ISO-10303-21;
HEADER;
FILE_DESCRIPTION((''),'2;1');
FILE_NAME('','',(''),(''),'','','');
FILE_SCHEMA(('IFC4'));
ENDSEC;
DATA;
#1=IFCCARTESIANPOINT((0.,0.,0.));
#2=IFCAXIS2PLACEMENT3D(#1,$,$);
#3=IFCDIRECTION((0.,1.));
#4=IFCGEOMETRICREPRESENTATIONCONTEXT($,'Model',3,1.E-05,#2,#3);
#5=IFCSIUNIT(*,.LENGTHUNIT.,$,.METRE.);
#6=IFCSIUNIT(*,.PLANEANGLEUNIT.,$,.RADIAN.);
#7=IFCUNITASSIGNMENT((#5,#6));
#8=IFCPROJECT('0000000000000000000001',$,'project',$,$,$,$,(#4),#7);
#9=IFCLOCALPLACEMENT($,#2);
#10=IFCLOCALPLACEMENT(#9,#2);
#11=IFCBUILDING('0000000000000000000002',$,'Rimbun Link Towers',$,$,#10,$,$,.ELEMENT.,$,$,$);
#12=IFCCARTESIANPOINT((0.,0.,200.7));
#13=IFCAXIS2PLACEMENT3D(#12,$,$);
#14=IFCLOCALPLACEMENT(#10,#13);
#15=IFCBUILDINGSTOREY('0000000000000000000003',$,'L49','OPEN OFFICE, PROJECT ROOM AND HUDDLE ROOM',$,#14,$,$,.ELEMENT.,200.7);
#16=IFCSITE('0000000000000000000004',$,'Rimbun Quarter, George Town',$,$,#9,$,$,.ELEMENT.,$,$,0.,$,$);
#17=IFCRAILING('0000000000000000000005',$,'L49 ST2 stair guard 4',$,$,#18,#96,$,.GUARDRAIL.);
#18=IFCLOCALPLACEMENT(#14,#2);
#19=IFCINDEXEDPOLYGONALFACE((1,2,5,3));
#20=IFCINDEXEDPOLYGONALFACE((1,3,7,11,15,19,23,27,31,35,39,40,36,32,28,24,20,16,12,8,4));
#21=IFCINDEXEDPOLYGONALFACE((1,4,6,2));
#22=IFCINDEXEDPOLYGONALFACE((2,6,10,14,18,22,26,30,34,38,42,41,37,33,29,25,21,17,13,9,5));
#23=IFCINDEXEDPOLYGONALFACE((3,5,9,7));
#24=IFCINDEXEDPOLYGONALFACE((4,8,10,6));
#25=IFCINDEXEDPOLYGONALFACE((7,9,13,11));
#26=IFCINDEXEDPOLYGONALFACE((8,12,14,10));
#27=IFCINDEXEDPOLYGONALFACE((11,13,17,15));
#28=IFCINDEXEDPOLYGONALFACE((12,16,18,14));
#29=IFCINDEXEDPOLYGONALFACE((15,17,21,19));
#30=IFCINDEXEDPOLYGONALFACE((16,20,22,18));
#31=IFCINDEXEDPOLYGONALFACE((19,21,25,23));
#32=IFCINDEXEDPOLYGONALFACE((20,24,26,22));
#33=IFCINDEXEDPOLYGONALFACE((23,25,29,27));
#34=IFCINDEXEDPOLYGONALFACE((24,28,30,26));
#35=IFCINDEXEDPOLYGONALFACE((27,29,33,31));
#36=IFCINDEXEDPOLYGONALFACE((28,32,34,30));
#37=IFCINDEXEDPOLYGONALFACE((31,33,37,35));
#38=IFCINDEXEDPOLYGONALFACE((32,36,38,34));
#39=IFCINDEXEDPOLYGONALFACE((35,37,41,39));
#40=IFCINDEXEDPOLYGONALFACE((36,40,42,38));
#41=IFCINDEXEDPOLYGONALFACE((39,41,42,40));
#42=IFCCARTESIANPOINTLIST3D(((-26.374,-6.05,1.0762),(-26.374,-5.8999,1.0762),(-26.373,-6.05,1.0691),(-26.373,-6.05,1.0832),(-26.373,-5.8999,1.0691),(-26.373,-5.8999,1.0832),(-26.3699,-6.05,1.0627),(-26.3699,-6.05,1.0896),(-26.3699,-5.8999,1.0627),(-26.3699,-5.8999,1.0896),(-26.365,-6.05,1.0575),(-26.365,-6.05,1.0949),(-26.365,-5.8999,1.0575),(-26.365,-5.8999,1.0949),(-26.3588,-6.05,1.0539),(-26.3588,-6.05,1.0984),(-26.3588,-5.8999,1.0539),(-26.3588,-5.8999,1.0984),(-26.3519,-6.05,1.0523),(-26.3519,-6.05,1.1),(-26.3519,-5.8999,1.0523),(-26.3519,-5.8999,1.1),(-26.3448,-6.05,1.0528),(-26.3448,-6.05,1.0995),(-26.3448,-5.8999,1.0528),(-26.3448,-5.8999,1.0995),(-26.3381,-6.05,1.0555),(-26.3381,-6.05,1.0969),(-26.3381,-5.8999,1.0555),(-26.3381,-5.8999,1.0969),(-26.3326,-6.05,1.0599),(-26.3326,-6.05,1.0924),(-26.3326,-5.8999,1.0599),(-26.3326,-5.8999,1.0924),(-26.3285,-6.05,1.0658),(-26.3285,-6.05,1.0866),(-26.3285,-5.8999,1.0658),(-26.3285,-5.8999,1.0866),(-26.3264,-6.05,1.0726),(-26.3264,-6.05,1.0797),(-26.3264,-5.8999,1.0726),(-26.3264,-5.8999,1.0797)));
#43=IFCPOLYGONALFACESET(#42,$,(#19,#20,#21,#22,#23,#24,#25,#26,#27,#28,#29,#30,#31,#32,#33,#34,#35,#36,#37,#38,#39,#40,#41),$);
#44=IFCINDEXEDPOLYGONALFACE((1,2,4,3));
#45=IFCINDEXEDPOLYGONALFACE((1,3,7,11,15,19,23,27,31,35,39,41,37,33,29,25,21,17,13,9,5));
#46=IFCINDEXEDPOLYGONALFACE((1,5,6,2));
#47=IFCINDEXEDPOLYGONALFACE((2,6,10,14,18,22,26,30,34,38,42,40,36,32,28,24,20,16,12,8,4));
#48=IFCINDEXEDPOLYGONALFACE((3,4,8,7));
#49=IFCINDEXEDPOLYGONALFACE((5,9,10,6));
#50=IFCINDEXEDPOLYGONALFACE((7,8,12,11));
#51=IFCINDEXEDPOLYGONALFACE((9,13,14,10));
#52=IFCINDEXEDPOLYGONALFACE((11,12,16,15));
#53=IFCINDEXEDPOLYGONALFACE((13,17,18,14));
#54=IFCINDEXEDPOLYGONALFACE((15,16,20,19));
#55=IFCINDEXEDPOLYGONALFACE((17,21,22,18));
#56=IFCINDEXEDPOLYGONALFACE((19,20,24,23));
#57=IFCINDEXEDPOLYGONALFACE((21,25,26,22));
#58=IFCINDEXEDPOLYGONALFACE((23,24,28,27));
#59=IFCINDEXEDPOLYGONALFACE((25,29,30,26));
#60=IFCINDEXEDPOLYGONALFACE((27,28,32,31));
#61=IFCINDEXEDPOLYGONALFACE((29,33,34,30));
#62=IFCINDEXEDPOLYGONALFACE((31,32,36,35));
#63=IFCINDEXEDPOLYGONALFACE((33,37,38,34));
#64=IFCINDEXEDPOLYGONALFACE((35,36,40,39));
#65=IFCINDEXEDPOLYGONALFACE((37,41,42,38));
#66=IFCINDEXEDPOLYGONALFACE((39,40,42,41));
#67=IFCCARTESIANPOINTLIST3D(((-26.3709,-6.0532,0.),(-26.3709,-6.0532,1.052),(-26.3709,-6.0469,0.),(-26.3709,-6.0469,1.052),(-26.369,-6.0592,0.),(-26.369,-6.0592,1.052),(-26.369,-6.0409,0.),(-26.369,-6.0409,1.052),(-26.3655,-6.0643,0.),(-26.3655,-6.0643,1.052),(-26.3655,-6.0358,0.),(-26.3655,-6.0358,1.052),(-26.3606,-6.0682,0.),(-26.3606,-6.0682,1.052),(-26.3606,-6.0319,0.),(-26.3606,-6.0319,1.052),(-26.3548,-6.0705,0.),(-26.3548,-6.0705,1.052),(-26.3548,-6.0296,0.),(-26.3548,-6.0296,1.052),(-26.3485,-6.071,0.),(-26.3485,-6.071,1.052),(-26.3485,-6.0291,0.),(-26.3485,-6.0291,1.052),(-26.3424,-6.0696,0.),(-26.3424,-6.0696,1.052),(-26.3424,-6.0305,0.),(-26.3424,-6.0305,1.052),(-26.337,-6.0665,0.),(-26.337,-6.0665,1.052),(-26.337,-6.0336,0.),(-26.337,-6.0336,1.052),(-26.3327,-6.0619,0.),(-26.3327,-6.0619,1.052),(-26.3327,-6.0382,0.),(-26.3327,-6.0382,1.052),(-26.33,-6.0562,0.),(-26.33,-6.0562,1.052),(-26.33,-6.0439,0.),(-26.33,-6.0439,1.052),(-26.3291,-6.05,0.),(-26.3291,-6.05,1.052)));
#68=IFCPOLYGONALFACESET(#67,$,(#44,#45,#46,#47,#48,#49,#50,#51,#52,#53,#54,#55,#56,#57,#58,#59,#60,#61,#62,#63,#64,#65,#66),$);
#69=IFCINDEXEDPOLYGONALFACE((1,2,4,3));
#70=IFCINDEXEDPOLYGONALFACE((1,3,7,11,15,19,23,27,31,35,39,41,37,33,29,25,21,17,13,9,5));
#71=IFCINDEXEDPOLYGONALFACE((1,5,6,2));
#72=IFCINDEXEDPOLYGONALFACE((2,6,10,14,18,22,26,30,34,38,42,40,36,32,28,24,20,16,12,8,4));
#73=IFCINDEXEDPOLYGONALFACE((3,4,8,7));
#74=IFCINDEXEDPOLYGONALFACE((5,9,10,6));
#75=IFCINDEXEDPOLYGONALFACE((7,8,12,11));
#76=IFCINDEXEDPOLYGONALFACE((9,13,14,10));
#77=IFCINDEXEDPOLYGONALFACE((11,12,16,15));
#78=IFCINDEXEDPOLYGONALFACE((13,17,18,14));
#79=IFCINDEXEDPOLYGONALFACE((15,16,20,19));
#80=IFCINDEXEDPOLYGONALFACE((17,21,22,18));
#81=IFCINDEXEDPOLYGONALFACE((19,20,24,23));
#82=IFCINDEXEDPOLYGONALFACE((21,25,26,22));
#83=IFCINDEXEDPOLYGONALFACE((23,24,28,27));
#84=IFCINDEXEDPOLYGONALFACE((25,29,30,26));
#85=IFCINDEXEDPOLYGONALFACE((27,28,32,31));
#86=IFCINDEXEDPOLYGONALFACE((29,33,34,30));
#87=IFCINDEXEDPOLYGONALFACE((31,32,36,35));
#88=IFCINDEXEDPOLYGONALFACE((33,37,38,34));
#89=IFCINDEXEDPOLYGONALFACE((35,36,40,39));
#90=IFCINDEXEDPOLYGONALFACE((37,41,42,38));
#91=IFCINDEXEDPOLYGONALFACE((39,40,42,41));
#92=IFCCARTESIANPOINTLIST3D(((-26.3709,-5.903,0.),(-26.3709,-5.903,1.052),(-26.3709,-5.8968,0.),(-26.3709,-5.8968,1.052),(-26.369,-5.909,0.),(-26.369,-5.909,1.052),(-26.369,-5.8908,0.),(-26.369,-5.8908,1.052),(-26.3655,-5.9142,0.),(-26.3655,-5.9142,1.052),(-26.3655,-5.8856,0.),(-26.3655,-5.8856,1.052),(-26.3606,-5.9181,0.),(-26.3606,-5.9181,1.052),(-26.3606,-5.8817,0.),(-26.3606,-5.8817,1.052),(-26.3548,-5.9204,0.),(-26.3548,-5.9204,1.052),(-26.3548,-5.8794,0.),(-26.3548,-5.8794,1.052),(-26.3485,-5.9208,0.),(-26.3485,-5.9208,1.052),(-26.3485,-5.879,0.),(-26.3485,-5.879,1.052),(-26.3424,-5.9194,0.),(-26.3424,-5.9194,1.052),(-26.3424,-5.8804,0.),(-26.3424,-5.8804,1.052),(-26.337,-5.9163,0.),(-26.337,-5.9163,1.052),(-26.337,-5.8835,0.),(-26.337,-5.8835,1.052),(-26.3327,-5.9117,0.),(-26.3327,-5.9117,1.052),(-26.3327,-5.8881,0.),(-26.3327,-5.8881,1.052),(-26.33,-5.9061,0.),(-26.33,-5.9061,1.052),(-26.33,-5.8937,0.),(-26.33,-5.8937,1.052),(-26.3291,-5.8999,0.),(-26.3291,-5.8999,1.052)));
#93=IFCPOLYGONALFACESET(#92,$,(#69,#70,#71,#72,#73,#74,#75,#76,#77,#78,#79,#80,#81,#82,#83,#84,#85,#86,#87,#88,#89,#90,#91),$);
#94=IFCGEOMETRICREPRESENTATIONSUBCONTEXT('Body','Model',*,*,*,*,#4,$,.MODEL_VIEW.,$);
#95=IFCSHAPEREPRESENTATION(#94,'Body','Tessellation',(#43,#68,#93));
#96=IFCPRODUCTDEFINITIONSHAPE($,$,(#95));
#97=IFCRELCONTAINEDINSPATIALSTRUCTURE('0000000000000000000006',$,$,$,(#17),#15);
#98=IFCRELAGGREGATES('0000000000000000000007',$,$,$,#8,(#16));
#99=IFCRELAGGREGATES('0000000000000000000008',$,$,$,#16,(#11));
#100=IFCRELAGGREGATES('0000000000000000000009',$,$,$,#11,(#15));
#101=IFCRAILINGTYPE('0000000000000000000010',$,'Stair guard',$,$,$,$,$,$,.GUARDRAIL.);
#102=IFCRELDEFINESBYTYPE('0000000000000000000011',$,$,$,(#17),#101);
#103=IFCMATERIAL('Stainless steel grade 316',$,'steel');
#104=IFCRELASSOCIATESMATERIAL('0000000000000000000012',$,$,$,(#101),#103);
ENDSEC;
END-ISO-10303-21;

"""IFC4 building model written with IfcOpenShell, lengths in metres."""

from ifc_helpers import new_model, si_unit, direction, frame, origin, origin_2d, place, context, subcontext, project, spatial, circle, extrude, material, type_object, element, save


model = new_model("IFC4")

# Units and contexts
model_context = context("Model", 3, precision=1e-05, world=origin(), true_north=direction((0.0, 1.0)))
body_context = subcontext(model_context, "Body", "Model", "MODEL_VIEW")
ifc_project = project(units=[si_unit("LENGTHUNIT", "METRE"), si_unit("PLANEANGLEUNIT", "RADIAN")], contexts=[model_context])

# Site, building, storey
site_placement = place(None, origin())
site = spatial("IfcSite", under=ifc_project, at=site_placement, Name="Rimbun Quarter, George Town", CompositionType="ELEMENT", RefElevation=0.0)
building_placement = place(site_placement, origin())
building = spatial("IfcBuilding", under=site, at=building_placement, Name="Rimbun Link Towers", CompositionType="ELEMENT")
storey_placement = place(building_placement, frame((0.0, 0.0, 200.7)))
storey = spatial("IfcBuildingStorey", under=building, at=storey_placement, Name="L49", Description="OPEN OFFICE, PROJECT ROOM AND HUDDLE ROOM", CompositionType="ELEMENT", Elevation=200.7)

# Railing
ifc_material_1 = material(Name="Stainless steel grade 316", Category="steel")
railing_type_1 = type_object("IfcRailingType", Name="Stair guard", PredefinedType="GUARDRAIL", material=ifc_material_1)
railing_1_placement = place(storey_placement, frame((-26.3501, -6.05, 0.0)))
element("IfcRailing", 1, at=railing_1_placement, inside=storey, type_object=railing_type_1, Name="L49 ST2 stair guard 4", PredefinedType="GUARDRAIL", context=body_context, shape_type="SweptSolid", body=[
    extrude(circle(Radius=0.0239, at=origin_2d()), frame((0.0, 0.0, 1.0762), z_axis=(0.0, 1.0, 0.0), x_axis=(-1.0, 0.0, 0.0)), (0.0, 0.0, 1.0), 0.1501),
    extrude(circle(Radius=0.021, at=origin_2d()), origin(), (0.0, 0.0, 1.0), 1.052),
    extrude(circle(Radius=0.021, at=origin_2d()), frame((0.0, 0.1501, 0.0)), (0.0, 0.0, 1.0), 1.052),
])

save(model, "model.ifc")
